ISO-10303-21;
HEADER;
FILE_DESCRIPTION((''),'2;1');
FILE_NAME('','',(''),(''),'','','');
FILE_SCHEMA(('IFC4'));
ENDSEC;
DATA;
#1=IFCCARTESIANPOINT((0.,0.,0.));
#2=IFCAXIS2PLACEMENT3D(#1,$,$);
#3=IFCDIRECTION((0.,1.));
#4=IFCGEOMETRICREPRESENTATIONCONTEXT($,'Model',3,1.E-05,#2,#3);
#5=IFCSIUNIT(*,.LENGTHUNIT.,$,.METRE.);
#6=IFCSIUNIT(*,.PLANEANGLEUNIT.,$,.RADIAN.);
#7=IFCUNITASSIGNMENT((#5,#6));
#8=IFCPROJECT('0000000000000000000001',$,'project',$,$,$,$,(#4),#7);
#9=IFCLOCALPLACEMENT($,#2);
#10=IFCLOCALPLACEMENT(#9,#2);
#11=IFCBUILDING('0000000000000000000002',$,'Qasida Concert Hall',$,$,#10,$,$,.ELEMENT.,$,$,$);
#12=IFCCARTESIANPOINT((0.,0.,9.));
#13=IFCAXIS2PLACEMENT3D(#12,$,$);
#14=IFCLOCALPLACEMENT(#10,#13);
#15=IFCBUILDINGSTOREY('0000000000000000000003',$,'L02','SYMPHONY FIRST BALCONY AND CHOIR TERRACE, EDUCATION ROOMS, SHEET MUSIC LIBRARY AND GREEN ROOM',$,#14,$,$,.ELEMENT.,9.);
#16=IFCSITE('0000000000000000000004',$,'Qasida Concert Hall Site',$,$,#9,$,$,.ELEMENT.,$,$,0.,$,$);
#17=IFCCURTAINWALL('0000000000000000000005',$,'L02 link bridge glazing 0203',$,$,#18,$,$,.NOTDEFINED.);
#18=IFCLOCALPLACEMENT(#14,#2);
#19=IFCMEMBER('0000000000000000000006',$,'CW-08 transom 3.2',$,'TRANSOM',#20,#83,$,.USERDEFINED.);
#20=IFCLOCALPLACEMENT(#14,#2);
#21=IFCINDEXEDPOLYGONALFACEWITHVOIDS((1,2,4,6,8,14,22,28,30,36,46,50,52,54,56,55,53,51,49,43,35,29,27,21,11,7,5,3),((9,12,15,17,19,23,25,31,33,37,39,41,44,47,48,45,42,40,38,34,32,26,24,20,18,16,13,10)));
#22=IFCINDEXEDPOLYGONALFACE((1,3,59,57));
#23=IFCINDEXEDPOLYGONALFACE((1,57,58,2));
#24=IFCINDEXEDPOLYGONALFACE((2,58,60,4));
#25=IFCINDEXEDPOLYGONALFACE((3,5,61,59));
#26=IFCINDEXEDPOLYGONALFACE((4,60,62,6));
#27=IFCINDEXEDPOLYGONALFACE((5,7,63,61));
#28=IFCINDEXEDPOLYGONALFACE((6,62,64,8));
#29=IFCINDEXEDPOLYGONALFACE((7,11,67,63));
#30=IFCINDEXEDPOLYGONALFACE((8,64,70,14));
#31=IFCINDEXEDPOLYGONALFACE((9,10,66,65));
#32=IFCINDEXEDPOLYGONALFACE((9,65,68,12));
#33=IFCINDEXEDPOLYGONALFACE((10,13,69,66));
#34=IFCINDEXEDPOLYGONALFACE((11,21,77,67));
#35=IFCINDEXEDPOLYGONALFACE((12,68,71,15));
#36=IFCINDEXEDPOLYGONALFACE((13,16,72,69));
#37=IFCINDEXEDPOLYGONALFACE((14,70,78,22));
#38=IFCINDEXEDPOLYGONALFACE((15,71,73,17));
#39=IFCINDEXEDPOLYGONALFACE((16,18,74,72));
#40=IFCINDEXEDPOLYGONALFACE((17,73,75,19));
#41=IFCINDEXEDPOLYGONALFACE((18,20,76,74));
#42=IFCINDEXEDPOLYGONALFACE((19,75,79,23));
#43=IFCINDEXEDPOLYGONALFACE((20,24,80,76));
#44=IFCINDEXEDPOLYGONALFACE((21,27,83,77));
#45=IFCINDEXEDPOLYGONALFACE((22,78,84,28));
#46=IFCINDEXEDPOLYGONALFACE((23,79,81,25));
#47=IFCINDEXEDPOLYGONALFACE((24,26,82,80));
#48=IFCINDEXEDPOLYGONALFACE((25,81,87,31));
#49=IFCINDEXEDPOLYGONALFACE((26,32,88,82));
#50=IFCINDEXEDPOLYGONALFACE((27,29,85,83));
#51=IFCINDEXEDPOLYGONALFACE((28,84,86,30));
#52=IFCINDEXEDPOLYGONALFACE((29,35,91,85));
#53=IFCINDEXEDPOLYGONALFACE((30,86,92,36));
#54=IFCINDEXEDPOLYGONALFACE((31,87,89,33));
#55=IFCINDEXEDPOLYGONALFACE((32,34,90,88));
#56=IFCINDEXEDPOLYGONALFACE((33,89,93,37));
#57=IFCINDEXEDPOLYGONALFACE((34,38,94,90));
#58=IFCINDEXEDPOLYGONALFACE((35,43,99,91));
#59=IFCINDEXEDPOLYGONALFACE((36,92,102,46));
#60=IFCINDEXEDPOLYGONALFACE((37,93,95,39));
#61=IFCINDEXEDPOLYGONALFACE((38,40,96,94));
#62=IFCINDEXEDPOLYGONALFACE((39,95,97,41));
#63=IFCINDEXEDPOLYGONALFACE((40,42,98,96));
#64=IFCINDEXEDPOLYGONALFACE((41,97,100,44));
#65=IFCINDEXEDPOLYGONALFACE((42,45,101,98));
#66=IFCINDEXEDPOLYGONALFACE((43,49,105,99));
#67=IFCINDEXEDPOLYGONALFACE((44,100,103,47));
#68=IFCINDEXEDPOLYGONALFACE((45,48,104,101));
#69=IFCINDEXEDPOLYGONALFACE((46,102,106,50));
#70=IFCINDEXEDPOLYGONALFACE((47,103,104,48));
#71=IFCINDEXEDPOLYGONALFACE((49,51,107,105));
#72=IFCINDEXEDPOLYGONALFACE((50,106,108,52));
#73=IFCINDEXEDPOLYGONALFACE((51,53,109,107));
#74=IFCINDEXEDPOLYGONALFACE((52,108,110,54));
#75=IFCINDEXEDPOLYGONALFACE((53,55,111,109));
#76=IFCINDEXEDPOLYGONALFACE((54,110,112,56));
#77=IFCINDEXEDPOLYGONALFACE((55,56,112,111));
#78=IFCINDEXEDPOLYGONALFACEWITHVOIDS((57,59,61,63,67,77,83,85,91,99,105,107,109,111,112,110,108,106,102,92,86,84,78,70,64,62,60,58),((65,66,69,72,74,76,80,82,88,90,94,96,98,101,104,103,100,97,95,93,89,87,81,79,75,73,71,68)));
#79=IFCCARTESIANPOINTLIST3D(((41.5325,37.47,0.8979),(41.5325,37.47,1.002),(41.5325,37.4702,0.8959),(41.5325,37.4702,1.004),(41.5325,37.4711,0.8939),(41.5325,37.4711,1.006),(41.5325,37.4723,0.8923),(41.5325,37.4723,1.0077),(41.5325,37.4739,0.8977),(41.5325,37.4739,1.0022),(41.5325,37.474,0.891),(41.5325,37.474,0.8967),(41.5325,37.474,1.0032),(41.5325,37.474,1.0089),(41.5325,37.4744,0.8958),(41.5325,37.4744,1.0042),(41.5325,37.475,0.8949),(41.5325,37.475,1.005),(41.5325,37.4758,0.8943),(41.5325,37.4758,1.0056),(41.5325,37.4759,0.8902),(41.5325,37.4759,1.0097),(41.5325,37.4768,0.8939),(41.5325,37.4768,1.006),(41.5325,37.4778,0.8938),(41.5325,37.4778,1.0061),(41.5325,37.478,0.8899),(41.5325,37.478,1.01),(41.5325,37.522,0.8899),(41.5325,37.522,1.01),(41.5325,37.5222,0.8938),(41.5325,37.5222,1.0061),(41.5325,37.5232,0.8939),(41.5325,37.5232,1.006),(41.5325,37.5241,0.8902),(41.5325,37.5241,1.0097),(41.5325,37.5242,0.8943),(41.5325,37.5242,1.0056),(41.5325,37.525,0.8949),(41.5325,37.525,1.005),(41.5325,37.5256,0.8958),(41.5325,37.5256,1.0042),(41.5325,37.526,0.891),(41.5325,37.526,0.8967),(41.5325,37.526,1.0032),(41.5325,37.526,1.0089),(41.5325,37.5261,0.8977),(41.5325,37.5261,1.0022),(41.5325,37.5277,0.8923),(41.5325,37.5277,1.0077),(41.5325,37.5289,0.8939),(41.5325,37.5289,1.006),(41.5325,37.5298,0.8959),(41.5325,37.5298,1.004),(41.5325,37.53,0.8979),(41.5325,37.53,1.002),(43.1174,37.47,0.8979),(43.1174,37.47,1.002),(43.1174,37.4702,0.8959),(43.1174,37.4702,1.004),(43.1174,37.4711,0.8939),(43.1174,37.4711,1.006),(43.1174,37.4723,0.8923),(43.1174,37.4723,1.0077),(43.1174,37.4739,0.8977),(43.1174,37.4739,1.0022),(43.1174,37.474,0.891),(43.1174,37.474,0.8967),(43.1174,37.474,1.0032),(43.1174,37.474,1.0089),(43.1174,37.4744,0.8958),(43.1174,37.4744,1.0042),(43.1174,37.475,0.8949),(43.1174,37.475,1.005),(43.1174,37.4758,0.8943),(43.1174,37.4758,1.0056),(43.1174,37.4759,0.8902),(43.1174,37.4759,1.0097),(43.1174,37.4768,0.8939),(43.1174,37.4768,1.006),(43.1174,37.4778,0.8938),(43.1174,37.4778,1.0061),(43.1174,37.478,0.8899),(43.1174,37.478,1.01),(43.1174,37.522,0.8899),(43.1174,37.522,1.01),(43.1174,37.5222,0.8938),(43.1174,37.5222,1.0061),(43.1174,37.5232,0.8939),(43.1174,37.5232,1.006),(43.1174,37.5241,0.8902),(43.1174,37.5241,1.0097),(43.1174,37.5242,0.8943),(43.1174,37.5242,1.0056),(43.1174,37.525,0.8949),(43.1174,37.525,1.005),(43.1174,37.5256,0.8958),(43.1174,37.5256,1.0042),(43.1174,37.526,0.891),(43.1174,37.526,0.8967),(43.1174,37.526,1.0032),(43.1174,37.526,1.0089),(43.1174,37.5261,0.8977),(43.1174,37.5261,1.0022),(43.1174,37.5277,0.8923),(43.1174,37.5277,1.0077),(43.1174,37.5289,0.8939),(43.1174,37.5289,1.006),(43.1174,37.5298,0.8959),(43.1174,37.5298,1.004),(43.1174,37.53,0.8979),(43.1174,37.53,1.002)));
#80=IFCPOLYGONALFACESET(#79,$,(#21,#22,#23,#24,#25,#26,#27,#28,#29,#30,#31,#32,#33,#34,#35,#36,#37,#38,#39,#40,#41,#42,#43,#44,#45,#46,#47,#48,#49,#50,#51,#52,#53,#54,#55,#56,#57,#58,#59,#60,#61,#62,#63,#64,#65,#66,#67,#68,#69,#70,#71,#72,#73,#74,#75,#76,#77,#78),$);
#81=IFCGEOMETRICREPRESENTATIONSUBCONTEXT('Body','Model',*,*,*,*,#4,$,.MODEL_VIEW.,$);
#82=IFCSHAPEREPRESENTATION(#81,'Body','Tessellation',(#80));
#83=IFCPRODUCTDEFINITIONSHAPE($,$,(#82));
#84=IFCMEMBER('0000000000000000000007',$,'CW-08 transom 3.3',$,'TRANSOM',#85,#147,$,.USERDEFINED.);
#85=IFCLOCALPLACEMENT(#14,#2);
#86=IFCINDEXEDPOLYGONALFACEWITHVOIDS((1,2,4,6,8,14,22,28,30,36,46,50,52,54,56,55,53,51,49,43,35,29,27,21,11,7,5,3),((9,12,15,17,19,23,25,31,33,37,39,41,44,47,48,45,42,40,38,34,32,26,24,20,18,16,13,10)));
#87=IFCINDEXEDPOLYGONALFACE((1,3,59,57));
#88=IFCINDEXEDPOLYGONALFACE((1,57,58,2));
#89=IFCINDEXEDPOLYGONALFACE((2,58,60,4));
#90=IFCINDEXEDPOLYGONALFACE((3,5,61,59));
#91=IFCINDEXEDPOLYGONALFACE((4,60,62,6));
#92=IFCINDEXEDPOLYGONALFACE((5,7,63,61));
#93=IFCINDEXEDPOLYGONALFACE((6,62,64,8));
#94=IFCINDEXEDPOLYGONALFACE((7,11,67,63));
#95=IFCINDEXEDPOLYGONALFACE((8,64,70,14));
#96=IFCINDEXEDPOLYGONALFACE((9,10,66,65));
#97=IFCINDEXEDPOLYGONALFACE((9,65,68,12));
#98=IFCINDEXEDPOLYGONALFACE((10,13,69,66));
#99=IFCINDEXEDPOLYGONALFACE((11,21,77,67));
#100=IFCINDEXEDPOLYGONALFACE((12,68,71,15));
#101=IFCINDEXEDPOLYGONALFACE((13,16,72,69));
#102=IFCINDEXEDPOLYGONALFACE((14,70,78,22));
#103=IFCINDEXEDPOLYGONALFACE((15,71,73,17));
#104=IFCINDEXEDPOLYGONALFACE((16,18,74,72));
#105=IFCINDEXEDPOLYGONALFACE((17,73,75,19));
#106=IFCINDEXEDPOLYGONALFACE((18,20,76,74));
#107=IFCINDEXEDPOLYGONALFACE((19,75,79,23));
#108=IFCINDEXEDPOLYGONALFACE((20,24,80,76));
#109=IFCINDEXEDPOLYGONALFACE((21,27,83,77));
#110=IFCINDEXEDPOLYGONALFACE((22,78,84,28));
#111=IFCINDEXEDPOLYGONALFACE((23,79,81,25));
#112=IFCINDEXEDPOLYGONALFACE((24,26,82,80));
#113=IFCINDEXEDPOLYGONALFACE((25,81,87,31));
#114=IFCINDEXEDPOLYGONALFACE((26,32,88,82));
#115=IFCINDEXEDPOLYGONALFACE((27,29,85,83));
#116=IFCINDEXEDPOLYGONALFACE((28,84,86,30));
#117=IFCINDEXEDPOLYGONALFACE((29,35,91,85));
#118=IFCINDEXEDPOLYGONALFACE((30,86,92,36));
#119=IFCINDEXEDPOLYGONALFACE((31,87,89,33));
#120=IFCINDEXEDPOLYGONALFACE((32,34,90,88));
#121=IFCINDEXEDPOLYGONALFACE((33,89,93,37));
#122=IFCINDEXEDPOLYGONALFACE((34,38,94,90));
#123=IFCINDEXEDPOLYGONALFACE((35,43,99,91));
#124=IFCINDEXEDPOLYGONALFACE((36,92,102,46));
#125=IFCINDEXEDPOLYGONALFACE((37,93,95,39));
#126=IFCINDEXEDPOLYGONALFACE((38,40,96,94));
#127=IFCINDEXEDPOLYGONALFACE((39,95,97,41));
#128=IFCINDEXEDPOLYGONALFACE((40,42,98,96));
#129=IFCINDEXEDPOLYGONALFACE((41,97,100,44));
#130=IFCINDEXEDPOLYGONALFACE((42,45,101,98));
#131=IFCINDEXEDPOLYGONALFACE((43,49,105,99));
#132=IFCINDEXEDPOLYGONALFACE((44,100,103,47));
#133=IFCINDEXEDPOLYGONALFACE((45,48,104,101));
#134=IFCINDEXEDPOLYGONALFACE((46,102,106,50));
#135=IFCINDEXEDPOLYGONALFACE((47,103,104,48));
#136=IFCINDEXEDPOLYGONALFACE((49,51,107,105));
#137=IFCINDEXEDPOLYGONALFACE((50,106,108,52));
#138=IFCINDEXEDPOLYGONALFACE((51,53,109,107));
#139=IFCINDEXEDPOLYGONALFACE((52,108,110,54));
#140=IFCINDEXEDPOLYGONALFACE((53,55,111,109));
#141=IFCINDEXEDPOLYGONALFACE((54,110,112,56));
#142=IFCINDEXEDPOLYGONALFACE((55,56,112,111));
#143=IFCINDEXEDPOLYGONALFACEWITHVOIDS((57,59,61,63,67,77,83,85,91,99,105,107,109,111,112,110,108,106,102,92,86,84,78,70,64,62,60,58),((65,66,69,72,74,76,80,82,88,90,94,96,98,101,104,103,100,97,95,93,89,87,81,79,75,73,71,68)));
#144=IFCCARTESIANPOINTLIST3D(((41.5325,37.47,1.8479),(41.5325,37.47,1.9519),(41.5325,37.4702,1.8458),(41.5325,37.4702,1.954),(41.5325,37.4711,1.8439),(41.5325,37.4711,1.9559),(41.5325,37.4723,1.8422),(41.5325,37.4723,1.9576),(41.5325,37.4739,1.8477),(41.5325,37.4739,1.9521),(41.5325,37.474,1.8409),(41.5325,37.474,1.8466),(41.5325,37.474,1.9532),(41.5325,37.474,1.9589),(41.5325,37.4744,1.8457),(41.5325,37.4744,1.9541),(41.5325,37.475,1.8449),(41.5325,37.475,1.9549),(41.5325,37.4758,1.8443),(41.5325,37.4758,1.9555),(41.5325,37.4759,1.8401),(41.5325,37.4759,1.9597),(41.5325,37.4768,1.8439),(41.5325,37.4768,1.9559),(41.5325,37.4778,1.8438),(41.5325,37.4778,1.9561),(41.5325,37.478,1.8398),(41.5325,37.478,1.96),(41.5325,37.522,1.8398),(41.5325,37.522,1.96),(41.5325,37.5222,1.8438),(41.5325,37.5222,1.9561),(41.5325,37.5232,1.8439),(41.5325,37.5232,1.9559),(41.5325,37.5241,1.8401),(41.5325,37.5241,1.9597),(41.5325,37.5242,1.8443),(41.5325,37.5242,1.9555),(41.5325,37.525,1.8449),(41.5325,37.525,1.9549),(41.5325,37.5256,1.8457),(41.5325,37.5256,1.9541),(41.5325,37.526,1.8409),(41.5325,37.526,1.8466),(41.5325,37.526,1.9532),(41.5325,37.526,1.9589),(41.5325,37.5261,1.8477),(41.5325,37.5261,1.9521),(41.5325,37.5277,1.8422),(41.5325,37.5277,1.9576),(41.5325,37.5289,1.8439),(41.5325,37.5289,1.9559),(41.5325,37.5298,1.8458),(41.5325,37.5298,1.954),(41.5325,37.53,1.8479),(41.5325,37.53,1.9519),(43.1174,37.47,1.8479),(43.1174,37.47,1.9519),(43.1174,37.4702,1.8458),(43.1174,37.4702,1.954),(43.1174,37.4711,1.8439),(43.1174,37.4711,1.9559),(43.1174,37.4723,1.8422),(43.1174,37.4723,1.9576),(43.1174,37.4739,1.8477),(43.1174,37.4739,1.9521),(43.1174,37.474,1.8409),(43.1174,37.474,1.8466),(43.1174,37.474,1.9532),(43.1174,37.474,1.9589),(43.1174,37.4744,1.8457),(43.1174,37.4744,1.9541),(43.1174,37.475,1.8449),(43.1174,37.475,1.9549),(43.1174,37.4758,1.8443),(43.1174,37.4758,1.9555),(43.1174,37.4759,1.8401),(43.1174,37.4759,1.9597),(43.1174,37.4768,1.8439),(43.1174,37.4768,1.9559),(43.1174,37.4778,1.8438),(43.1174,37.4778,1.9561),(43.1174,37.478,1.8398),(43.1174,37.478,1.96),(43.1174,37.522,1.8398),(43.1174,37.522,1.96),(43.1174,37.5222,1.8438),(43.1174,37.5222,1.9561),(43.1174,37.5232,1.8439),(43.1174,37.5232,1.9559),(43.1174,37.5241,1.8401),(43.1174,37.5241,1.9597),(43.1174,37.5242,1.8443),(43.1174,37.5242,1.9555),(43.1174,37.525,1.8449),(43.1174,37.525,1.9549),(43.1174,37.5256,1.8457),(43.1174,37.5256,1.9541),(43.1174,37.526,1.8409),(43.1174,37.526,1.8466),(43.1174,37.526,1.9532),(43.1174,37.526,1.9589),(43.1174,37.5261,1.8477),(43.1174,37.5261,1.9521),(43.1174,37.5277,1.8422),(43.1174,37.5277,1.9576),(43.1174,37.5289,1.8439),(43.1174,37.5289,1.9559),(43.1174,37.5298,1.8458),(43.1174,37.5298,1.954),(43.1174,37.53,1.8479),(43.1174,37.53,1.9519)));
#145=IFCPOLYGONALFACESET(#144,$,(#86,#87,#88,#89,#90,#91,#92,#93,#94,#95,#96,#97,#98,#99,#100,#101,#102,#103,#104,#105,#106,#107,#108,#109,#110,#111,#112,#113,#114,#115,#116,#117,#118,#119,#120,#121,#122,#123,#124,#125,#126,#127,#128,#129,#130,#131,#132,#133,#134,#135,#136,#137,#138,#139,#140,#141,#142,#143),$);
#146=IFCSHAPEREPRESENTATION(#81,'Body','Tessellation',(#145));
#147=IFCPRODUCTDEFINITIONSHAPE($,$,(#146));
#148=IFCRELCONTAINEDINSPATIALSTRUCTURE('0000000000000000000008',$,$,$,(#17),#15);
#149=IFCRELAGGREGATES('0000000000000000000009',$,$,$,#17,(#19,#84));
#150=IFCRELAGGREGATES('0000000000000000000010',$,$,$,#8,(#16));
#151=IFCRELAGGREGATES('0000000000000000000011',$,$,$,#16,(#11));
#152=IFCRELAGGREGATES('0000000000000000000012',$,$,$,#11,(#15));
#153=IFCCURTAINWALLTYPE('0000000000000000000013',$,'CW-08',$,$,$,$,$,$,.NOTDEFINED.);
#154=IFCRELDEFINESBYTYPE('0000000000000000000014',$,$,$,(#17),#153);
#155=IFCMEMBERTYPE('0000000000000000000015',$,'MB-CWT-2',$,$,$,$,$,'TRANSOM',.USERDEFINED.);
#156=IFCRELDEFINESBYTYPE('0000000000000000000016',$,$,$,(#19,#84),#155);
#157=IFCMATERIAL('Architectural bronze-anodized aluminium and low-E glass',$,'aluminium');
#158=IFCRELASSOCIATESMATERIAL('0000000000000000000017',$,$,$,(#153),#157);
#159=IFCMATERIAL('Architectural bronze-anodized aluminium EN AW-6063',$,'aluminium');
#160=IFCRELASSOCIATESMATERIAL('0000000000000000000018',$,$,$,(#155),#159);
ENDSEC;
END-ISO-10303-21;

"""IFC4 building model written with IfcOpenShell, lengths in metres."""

from ifc_helpers import new_model, si_unit, direction, frame, origin, origin_2d, place, context, subcontext, project, spatial, hollow_rectangle, extrude, material, material_profile, profile_set, type_object, element, aggregate, save


model = new_model("IFC4")

# Units and contexts
model_context = context("Model", 3, precision=1e-05, world=origin(), true_north=direction((0.0, 1.0)))
body_context = subcontext(model_context, "Body", "Model", "MODEL_VIEW")
ifc_project = project(units=[si_unit("LENGTHUNIT", "METRE"), si_unit("PLANEANGLEUNIT", "RADIAN")], contexts=[model_context])

# Site, building, storey
site_placement = place(None, origin())
site = spatial("IfcSite", under=ifc_project, at=site_placement, Name="Qasida Concert Hall Site", CompositionType="ELEMENT", RefElevation=0.0)
building_placement = place(site_placement, origin())
building = spatial("IfcBuilding", under=site, at=building_placement, Name="Qasida Concert Hall", CompositionType="ELEMENT")
storey_placement = place(building_placement, frame((0.0, 0.0, 9.0)))
storey = spatial("IfcBuildingStorey", under=building, at=storey_placement, Name="L02", Description="SYMPHONY FIRST BALCONY AND CHOIR TERRACE, EDUCATION ROOMS, SHEET MUSIC LIBRARY AND GREEN ROOM", CompositionType="ELEMENT", Elevation=9.0)

# Curtain wall, members
ifc_material_1 = material(Name="Architectural bronze-anodized aluminium and low-E glass", Category="aluminium")
curtain_wall_type = type_object("IfcCurtainWallType", Name="CW-08", PredefinedType="NOTDEFINED", material=ifc_material_1)
curtain_wall_placement = place(storey_placement, origin())
curtain_wall = element("IfcCurtainWall", 1, at=curtain_wall_placement, inside=storey, type_object=curtain_wall_type, Name="L02 link bridge glazing 0203", PredefinedType="NOTDEFINED")
ifc_material_2 = material(Name="Architectural bronze-anodized aluminium EN AW-6063", Category="aluminium")
ifc_material_profile_1 = material_profile(ifc_material_2, hollow_rectangle(XDim=0.0601, YDim=0.1201, WallThickness=0.0039, InnerFilletRadius=0.0039, OuterFilletRadius=0.0081, at=origin_2d()), Name="CWT 120x60x4")
ifc_profile_set_1 = profile_set([ifc_material_profile_1], Name="Architectural bronze-anodized aluminium EN AW-6063")
member_type_1 = type_object("IfcMemberType", Name="MB-CWT-2", ElementType="TRANSOM", PredefinedType="USERDEFINED", material=ifc_profile_set_1)
member_1_placement = place(storey_placement, frame((41.5325, 37.5, 0.95), z_axis=(1.0, 0.0, 0.0), x_axis=(0.0, 1.0, 0.0)))
member_1 = element("IfcMember", 2, at=member_1_placement, type_object=member_type_1, Name="CW-08 transom 3.2", ObjectType="TRANSOM", PredefinedType="USERDEFINED", context=body_context, shape_type="SweptSolid", body=[
    extrude(hollow_rectangle(XDim=0.0601, YDim=0.1201, WallThickness=0.0039, InnerFilletRadius=0.0039, OuterFilletRadius=0.0081, at=origin_2d()), origin(), (0.0, 0.0, 1.0), 1.585),
])
member_2_placement = place(storey_placement, frame((41.5325, 37.5, 1.8999), z_axis=(1.0, 0.0, 0.0), x_axis=(0.0, 1.0, 0.0)))
member_2 = element("IfcMember", 3, at=member_2_placement, type_object=member_type_1, Name="CW-08 transom 3.3", ObjectType="TRANSOM", PredefinedType="USERDEFINED", context=body_context, shape_type="SweptSolid", body=[
    extrude(hollow_rectangle(XDim=0.0601, YDim=0.1201, WallThickness=0.0039, InnerFilletRadius=0.0039, OuterFilletRadius=0.0081, at=origin_2d()), origin(), (0.0, 0.0, 1.0), 1.585),
])
aggregate(curtain_wall, [member_1, member_2])

save(model, "model.ifc")
